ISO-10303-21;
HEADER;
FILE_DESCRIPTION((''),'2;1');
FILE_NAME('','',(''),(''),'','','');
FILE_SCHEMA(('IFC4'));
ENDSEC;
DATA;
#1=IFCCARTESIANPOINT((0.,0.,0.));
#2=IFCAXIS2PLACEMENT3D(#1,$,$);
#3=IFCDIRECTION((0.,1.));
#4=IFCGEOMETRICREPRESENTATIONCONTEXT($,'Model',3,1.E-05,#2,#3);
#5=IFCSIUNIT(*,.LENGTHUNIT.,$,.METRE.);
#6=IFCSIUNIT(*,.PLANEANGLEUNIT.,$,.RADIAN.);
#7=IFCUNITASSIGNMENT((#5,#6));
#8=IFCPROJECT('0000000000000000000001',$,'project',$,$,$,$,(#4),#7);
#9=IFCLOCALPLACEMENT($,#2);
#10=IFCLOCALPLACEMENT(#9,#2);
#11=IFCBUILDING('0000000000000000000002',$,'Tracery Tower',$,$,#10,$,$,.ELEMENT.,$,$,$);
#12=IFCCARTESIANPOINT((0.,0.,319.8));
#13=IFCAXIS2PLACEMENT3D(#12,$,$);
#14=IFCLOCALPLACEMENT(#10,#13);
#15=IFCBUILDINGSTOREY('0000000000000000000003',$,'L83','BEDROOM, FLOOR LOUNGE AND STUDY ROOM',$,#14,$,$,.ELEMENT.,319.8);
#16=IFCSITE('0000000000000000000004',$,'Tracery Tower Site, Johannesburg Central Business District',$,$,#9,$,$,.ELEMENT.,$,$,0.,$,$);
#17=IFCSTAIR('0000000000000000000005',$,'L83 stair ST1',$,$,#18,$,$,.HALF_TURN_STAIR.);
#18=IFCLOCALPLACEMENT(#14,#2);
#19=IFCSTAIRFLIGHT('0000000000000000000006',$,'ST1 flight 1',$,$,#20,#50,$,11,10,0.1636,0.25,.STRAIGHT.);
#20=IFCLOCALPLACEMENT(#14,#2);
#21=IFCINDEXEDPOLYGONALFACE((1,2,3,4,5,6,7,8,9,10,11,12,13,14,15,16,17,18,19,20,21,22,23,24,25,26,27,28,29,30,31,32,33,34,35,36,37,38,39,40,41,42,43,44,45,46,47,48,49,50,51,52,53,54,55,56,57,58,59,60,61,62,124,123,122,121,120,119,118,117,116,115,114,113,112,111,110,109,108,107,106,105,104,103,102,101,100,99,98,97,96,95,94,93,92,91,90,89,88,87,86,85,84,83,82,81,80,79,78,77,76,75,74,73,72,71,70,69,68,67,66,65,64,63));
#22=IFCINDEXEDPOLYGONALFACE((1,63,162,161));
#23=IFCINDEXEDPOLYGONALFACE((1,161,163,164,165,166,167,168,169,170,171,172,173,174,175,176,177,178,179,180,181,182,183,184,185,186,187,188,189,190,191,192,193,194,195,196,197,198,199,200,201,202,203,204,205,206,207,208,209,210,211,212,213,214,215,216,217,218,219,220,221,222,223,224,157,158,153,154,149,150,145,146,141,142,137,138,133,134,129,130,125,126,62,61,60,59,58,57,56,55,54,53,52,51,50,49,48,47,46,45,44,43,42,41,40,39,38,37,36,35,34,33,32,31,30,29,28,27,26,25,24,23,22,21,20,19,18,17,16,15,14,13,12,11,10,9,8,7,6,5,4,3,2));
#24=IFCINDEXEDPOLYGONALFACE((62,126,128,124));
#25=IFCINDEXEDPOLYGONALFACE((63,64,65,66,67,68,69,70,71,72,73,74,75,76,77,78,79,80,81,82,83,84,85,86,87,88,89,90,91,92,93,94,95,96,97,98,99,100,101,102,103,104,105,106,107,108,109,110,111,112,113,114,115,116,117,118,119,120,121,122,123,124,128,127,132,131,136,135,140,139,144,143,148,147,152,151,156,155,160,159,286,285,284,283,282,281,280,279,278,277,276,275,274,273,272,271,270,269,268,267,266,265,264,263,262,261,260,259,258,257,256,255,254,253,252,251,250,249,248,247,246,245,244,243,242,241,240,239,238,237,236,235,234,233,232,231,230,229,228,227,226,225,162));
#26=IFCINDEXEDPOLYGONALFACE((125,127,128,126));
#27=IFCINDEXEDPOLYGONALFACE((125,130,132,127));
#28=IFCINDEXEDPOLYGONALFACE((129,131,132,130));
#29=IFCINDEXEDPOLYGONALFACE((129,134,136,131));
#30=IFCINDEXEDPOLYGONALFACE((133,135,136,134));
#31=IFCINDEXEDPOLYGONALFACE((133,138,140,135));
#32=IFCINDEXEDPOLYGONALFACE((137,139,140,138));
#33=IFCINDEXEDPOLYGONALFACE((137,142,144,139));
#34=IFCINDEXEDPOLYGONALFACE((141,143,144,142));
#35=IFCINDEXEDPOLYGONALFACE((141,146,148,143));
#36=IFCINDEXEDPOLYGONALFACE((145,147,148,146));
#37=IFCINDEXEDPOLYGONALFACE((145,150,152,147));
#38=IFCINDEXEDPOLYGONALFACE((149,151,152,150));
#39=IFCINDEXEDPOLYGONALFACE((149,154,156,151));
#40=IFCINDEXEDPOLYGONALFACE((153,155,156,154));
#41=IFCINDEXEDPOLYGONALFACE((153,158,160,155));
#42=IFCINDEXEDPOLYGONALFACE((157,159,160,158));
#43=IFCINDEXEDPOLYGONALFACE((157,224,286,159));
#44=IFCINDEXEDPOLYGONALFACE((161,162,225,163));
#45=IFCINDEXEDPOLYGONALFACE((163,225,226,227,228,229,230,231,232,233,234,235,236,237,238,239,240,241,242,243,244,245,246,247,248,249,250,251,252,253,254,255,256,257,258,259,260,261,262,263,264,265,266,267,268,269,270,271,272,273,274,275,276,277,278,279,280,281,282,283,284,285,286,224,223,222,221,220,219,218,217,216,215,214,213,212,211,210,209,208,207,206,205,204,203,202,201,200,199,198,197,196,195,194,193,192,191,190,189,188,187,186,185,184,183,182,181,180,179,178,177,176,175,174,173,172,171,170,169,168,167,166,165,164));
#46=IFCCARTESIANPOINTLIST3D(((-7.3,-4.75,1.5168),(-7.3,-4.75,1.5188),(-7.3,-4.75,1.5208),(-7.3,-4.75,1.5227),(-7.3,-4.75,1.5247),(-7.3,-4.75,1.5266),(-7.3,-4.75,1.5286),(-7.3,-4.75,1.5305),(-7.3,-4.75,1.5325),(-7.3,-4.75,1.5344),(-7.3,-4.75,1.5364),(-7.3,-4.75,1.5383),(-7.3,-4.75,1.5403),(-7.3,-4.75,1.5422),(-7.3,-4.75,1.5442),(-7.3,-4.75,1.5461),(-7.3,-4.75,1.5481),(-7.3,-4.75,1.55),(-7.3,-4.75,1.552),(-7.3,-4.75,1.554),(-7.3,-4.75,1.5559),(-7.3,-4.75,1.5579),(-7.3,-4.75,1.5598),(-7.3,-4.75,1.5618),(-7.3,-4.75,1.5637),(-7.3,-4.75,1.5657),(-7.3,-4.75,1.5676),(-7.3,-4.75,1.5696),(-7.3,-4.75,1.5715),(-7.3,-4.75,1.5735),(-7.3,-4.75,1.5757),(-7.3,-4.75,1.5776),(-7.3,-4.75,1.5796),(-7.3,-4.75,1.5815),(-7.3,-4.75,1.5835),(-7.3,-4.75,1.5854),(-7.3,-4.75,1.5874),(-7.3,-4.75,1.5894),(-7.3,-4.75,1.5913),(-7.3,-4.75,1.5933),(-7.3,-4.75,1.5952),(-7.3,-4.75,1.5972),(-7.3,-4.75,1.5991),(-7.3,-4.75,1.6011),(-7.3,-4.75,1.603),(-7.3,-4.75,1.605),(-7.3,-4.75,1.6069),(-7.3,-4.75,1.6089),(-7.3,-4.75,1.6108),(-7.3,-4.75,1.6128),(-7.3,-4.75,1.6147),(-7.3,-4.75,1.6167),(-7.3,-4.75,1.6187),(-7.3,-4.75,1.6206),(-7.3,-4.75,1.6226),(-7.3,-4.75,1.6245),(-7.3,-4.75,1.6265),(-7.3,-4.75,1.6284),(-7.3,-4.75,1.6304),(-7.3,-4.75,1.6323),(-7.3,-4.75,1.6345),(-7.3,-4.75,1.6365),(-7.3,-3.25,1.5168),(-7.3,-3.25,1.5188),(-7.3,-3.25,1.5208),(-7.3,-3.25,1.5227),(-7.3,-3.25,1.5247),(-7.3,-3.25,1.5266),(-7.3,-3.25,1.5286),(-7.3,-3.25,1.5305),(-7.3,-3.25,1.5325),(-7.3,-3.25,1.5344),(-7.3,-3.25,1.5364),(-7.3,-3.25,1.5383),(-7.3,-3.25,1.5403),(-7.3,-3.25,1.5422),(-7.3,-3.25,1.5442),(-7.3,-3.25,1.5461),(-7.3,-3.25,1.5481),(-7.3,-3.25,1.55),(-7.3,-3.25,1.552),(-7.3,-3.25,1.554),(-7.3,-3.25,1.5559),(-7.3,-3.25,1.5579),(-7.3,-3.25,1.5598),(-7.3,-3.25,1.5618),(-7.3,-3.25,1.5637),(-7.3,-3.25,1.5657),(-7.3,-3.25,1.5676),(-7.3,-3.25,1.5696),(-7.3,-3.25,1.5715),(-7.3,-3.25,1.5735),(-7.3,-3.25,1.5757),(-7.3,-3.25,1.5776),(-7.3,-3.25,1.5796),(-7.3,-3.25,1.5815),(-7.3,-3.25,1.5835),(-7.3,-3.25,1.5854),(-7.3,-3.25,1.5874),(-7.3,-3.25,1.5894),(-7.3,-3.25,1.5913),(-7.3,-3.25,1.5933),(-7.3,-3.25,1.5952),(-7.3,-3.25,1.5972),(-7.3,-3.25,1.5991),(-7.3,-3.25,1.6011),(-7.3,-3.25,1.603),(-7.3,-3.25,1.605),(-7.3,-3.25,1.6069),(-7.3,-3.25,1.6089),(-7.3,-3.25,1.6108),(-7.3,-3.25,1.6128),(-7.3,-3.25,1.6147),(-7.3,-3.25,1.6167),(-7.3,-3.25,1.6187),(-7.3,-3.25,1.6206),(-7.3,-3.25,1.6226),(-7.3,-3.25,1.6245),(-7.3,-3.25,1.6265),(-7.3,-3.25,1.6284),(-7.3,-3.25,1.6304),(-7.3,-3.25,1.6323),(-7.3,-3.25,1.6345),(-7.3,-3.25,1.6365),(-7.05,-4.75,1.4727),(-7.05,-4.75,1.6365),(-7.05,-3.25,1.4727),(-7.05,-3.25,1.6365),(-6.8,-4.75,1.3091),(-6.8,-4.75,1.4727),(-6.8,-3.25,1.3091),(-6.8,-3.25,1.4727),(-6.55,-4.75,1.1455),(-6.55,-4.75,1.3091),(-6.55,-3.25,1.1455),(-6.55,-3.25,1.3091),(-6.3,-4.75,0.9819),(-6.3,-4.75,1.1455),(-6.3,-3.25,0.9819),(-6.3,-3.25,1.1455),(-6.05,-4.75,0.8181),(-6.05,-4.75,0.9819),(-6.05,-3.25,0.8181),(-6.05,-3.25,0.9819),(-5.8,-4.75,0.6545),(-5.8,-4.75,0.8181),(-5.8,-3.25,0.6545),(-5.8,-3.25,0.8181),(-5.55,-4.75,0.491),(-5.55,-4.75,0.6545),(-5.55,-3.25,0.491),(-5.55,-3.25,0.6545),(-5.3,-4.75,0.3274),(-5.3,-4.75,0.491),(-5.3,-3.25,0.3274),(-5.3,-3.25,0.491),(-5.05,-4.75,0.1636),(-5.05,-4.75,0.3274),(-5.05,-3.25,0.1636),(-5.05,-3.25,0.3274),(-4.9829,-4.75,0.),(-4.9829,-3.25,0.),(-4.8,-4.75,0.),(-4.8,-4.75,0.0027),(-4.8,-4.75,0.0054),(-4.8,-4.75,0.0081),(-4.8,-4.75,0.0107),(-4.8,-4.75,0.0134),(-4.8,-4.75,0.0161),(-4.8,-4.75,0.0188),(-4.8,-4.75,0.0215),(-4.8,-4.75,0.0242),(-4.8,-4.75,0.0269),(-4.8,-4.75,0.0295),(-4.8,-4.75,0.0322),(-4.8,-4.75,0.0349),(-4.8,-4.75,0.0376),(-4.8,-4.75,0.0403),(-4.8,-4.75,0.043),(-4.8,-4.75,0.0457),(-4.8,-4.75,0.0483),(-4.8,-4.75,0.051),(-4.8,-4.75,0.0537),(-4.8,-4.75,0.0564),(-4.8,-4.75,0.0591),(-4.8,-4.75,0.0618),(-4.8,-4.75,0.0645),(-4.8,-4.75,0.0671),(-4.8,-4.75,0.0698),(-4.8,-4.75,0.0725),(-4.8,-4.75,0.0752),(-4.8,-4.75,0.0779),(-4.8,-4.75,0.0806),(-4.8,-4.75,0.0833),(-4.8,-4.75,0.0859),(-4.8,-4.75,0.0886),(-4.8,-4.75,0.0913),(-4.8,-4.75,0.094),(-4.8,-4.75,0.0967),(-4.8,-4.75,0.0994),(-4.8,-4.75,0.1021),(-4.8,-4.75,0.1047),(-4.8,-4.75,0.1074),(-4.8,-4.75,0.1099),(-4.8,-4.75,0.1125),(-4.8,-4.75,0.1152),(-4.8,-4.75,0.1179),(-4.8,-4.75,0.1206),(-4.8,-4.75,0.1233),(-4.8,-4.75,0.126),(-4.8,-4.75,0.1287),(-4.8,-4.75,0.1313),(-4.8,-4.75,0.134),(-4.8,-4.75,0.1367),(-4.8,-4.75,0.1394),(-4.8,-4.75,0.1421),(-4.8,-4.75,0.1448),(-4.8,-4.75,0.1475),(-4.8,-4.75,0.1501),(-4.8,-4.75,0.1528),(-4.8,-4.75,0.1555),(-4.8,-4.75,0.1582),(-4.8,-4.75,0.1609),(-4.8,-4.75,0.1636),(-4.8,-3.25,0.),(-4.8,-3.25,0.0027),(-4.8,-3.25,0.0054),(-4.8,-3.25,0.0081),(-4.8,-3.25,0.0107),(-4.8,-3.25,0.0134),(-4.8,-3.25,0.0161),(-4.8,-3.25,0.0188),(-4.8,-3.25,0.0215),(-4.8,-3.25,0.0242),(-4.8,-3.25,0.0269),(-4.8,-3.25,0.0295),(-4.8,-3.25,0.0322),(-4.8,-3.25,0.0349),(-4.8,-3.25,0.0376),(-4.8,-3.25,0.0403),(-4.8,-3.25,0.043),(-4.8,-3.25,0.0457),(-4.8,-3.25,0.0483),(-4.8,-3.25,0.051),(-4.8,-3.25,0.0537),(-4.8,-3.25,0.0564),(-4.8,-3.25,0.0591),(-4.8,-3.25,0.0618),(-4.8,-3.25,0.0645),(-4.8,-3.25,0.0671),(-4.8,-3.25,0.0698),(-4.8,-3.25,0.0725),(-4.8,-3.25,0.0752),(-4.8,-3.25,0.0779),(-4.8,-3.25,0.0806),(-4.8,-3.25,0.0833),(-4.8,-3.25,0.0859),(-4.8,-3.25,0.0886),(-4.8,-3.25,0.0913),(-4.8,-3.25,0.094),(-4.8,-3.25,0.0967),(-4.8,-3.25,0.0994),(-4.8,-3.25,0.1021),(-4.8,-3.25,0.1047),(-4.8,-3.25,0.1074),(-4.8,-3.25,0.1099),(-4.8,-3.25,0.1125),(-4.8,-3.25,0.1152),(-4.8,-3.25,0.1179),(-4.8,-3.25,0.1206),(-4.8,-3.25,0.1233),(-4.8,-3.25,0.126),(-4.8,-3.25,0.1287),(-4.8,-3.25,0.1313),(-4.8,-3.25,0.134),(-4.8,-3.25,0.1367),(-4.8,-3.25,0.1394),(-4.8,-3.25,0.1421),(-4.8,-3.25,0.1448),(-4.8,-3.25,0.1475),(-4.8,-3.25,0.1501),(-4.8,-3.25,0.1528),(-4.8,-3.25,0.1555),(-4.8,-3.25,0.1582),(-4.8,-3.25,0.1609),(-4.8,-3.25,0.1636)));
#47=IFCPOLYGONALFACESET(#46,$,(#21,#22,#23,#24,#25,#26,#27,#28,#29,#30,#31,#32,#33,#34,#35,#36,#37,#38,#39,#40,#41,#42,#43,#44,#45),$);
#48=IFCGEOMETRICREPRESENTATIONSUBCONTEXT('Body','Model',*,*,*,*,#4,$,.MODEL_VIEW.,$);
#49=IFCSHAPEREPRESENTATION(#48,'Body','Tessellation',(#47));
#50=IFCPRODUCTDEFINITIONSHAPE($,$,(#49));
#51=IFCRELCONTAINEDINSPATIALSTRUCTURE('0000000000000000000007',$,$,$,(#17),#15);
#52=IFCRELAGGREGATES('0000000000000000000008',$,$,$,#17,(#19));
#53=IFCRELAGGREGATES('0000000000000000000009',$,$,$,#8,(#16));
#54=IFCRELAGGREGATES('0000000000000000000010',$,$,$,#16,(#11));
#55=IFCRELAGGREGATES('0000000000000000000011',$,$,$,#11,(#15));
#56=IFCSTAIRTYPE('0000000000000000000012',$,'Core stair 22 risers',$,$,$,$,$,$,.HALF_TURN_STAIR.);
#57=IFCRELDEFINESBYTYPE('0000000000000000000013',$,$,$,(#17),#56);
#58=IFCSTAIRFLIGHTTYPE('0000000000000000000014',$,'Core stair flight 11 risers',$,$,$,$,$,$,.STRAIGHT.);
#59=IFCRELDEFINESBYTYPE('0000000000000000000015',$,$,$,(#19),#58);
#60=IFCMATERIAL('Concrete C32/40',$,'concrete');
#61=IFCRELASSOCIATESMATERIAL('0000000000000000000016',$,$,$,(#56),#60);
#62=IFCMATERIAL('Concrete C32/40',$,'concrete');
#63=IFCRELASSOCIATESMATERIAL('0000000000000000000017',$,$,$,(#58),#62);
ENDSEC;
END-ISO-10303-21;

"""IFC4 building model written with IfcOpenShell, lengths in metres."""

from ifc_helpers import new_model, si_unit, direction, frame, origin, place, context, subcontext, project, spatial, polyline, outline, extrude, material, type_object, element, aggregate, save


model = new_model("IFC4")

# Units and contexts
model_context = context("Model", 3, precision=1e-05, world=origin(), true_north=direction((0.0, 1.0)))
body_context = subcontext(model_context, "Body", "Model", "MODEL_VIEW")
ifc_project = project(units=[si_unit("LENGTHUNIT", "METRE"), si_unit("PLANEANGLEUNIT", "RADIAN")], contexts=[model_context])

# Site, building, storey
site_placement = place(None, origin())
site = spatial("IfcSite", under=ifc_project, at=site_placement, Name="Tracery Tower Site, Johannesburg Central Business District", CompositionType="ELEMENT", RefElevation=0.0)
building_placement = place(site_placement, origin())
building = spatial("IfcBuilding", under=site, at=building_placement, Name="Tracery Tower", CompositionType="ELEMENT")
storey_placement = place(building_placement, frame((0.0, 0.0, 319.8)))
storey = spatial("IfcBuildingStorey", under=building, at=storey_placement, Name="L83", Description="BEDROOM, FLOOR LOUNGE AND STUDY ROOM", CompositionType="ELEMENT", Elevation=319.8)

# Stair, stair flight
ifc_material_1 = material(Name="Concrete C32/40", Category="concrete")
stair_type = type_object("IfcStairType", Name="Core stair 22 risers", PredefinedType="HALF_TURN_STAIR", material=ifc_material_1)
stair_placement = place(storey_placement, origin())
stair = element("IfcStair", 1, at=stair_placement, inside=storey, type_object=stair_type, Name="L83 stair ST1", PredefinedType="HALF_TURN_STAIR")
ifc_material_2 = material(Name="Concrete C32/40", Category="concrete")
stair_flight_type = type_object("IfcStairFlightType", Name="Core stair flight 11 risers", PredefinedType="STRAIGHT", material=ifc_material_2)
stair_flight_1_placement = place(storey_placement, frame((-4.8, -4.0, 0.0), z_axis=(0.0, 0.0, 1.0), x_axis=(-1.0, 0.0, 0.0)))
stair_flight_1 = element("IfcStairFlight", 2, at=stair_flight_1_placement, type_object=stair_flight_type, Name="ST1 flight 1", NumberOfRisers=11, NumberOfTreads=10, PredefinedType="STRAIGHT", RiserHeight=0.1636, TreadLength=0.25, context=body_context, shape_type="SweptSolid", body=[
    extrude(outline(polyline([(0.0, 0.0), (0.0, 0.0027), (0.0, 0.0054), (0.0, 0.0081), (0.0, 0.0107), (0.0, 0.0134), (0.0, 0.0161), (0.0, 0.0188), (0.0, 0.0215), (0.0, 0.0242), (0.0, 0.0269), (0.0, 0.0295), (0.0, 0.0322), (0.0, 0.0349), (0.0, 0.0376), (0.0, 0.0403), (0.0, 0.043), (0.0, 0.0457), (0.0, 0.0483), (0.0, 0.051), (0.0, 0.0537), (0.0, 0.0564), (0.0, 0.0591), (0.0, 0.0618), (0.0, 0.0645), (0.0, 0.0671), (0.0, 0.0698), (0.0, 0.0725), (0.0, 0.0752), (0.0, 0.0779), (0.0, 0.0806), (0.0, 0.0833), (0.0, 0.0859), (0.0, 0.0886), (0.0, 0.0913), (0.0, 0.094), (0.0, 0.0967), (0.0, 0.0994), (0.0, 0.1021), (0.0, 0.1047), (0.0, 0.1074), (0.0, 0.1099), (0.0, 0.1125), (0.0, 0.1152), (0.0, 0.1179), (0.0, 0.1206), (0.0, 0.1233), (0.0, 0.126), (0.0, 0.1287), (0.0, 0.1313), (0.0, 0.134), (0.0, 0.1367), (0.0, 0.1394), (0.0, 0.1421), (0.0, 0.1448), (0.0, 0.1475), (0.0, 0.1501), (0.0, 0.1528), (0.0, 0.1555), (0.0, 0.1582), (0.0, 0.1609), (0.0, 0.1636), (0.25, 0.1636), (0.25, 0.3274), (0.5, 0.3274), (0.5, 0.491), (0.75, 0.491), (0.75, 0.6545), (1.0, 0.6545), (1.0, 0.8181), (1.25, 0.8181), (1.25, 0.9819), (1.5, 0.9819), (1.5, 1.1455), (1.75, 1.1455), (1.75, 1.3091), (2.0, 1.3091), (2.0, 1.4727), (2.25, 1.4727), (2.25, 1.6365), (2.5, 1.6365), (2.5, 1.6345), (2.5, 1.6323), (2.5, 1.6304), (2.5, 1.6284), (2.5, 1.6265), (2.5, 1.6245), (2.5, 1.6226), (2.5, 1.6206), (2.5, 1.6187), (2.5, 1.6167), (2.5, 1.6147), (2.5, 1.6128), (2.5, 1.6108), (2.5, 1.6089), (2.5, 1.6069), (2.5, 1.605), (2.5, 1.603), (2.5, 1.6011), (2.5, 1.5991), (2.5, 1.5972), (2.5, 1.5952), (2.5, 1.5933), (2.5, 1.5913), (2.5, 1.5894), (2.5, 1.5874), (2.5, 1.5854), (2.5, 1.5835), (2.5, 1.5815), (2.5, 1.5796), (2.5, 1.5776), (2.5, 1.5757), (2.5, 1.5735), (2.5, 1.5715), (2.5, 1.5696), (2.5, 1.5676), (2.5, 1.5657), (2.5, 1.5637), (2.5, 1.5618), (2.5, 1.5598), (2.5, 1.5579), (2.5, 1.5559), (2.5, 1.554), (2.5, 1.552), (2.5, 1.55), (2.5, 1.5481), (2.5, 1.5461), (2.5, 1.5442), (2.5, 1.5422), (2.5, 1.5403), (2.5, 1.5383), (2.5, 1.5364), (2.5, 1.5344), (2.5, 1.5325), (2.5, 1.5305), (2.5, 1.5286), (2.5, 1.5266), (2.5, 1.5247), (2.5, 1.5227), (2.5, 1.5208), (2.5, 1.5188), (2.5, 1.5168), (0.1829, 0.0), (0.0, 0.0)])), frame((0.0, 0.75, 0.0), z_axis=(0.0, -1.0, 0.0), x_axis=(1.0, 0.0, 0.0)), (0.0, 0.0, 1.0), 1.5),
])
aggregate(stair, [stair_flight_1])

save(model, "model.ifc")
